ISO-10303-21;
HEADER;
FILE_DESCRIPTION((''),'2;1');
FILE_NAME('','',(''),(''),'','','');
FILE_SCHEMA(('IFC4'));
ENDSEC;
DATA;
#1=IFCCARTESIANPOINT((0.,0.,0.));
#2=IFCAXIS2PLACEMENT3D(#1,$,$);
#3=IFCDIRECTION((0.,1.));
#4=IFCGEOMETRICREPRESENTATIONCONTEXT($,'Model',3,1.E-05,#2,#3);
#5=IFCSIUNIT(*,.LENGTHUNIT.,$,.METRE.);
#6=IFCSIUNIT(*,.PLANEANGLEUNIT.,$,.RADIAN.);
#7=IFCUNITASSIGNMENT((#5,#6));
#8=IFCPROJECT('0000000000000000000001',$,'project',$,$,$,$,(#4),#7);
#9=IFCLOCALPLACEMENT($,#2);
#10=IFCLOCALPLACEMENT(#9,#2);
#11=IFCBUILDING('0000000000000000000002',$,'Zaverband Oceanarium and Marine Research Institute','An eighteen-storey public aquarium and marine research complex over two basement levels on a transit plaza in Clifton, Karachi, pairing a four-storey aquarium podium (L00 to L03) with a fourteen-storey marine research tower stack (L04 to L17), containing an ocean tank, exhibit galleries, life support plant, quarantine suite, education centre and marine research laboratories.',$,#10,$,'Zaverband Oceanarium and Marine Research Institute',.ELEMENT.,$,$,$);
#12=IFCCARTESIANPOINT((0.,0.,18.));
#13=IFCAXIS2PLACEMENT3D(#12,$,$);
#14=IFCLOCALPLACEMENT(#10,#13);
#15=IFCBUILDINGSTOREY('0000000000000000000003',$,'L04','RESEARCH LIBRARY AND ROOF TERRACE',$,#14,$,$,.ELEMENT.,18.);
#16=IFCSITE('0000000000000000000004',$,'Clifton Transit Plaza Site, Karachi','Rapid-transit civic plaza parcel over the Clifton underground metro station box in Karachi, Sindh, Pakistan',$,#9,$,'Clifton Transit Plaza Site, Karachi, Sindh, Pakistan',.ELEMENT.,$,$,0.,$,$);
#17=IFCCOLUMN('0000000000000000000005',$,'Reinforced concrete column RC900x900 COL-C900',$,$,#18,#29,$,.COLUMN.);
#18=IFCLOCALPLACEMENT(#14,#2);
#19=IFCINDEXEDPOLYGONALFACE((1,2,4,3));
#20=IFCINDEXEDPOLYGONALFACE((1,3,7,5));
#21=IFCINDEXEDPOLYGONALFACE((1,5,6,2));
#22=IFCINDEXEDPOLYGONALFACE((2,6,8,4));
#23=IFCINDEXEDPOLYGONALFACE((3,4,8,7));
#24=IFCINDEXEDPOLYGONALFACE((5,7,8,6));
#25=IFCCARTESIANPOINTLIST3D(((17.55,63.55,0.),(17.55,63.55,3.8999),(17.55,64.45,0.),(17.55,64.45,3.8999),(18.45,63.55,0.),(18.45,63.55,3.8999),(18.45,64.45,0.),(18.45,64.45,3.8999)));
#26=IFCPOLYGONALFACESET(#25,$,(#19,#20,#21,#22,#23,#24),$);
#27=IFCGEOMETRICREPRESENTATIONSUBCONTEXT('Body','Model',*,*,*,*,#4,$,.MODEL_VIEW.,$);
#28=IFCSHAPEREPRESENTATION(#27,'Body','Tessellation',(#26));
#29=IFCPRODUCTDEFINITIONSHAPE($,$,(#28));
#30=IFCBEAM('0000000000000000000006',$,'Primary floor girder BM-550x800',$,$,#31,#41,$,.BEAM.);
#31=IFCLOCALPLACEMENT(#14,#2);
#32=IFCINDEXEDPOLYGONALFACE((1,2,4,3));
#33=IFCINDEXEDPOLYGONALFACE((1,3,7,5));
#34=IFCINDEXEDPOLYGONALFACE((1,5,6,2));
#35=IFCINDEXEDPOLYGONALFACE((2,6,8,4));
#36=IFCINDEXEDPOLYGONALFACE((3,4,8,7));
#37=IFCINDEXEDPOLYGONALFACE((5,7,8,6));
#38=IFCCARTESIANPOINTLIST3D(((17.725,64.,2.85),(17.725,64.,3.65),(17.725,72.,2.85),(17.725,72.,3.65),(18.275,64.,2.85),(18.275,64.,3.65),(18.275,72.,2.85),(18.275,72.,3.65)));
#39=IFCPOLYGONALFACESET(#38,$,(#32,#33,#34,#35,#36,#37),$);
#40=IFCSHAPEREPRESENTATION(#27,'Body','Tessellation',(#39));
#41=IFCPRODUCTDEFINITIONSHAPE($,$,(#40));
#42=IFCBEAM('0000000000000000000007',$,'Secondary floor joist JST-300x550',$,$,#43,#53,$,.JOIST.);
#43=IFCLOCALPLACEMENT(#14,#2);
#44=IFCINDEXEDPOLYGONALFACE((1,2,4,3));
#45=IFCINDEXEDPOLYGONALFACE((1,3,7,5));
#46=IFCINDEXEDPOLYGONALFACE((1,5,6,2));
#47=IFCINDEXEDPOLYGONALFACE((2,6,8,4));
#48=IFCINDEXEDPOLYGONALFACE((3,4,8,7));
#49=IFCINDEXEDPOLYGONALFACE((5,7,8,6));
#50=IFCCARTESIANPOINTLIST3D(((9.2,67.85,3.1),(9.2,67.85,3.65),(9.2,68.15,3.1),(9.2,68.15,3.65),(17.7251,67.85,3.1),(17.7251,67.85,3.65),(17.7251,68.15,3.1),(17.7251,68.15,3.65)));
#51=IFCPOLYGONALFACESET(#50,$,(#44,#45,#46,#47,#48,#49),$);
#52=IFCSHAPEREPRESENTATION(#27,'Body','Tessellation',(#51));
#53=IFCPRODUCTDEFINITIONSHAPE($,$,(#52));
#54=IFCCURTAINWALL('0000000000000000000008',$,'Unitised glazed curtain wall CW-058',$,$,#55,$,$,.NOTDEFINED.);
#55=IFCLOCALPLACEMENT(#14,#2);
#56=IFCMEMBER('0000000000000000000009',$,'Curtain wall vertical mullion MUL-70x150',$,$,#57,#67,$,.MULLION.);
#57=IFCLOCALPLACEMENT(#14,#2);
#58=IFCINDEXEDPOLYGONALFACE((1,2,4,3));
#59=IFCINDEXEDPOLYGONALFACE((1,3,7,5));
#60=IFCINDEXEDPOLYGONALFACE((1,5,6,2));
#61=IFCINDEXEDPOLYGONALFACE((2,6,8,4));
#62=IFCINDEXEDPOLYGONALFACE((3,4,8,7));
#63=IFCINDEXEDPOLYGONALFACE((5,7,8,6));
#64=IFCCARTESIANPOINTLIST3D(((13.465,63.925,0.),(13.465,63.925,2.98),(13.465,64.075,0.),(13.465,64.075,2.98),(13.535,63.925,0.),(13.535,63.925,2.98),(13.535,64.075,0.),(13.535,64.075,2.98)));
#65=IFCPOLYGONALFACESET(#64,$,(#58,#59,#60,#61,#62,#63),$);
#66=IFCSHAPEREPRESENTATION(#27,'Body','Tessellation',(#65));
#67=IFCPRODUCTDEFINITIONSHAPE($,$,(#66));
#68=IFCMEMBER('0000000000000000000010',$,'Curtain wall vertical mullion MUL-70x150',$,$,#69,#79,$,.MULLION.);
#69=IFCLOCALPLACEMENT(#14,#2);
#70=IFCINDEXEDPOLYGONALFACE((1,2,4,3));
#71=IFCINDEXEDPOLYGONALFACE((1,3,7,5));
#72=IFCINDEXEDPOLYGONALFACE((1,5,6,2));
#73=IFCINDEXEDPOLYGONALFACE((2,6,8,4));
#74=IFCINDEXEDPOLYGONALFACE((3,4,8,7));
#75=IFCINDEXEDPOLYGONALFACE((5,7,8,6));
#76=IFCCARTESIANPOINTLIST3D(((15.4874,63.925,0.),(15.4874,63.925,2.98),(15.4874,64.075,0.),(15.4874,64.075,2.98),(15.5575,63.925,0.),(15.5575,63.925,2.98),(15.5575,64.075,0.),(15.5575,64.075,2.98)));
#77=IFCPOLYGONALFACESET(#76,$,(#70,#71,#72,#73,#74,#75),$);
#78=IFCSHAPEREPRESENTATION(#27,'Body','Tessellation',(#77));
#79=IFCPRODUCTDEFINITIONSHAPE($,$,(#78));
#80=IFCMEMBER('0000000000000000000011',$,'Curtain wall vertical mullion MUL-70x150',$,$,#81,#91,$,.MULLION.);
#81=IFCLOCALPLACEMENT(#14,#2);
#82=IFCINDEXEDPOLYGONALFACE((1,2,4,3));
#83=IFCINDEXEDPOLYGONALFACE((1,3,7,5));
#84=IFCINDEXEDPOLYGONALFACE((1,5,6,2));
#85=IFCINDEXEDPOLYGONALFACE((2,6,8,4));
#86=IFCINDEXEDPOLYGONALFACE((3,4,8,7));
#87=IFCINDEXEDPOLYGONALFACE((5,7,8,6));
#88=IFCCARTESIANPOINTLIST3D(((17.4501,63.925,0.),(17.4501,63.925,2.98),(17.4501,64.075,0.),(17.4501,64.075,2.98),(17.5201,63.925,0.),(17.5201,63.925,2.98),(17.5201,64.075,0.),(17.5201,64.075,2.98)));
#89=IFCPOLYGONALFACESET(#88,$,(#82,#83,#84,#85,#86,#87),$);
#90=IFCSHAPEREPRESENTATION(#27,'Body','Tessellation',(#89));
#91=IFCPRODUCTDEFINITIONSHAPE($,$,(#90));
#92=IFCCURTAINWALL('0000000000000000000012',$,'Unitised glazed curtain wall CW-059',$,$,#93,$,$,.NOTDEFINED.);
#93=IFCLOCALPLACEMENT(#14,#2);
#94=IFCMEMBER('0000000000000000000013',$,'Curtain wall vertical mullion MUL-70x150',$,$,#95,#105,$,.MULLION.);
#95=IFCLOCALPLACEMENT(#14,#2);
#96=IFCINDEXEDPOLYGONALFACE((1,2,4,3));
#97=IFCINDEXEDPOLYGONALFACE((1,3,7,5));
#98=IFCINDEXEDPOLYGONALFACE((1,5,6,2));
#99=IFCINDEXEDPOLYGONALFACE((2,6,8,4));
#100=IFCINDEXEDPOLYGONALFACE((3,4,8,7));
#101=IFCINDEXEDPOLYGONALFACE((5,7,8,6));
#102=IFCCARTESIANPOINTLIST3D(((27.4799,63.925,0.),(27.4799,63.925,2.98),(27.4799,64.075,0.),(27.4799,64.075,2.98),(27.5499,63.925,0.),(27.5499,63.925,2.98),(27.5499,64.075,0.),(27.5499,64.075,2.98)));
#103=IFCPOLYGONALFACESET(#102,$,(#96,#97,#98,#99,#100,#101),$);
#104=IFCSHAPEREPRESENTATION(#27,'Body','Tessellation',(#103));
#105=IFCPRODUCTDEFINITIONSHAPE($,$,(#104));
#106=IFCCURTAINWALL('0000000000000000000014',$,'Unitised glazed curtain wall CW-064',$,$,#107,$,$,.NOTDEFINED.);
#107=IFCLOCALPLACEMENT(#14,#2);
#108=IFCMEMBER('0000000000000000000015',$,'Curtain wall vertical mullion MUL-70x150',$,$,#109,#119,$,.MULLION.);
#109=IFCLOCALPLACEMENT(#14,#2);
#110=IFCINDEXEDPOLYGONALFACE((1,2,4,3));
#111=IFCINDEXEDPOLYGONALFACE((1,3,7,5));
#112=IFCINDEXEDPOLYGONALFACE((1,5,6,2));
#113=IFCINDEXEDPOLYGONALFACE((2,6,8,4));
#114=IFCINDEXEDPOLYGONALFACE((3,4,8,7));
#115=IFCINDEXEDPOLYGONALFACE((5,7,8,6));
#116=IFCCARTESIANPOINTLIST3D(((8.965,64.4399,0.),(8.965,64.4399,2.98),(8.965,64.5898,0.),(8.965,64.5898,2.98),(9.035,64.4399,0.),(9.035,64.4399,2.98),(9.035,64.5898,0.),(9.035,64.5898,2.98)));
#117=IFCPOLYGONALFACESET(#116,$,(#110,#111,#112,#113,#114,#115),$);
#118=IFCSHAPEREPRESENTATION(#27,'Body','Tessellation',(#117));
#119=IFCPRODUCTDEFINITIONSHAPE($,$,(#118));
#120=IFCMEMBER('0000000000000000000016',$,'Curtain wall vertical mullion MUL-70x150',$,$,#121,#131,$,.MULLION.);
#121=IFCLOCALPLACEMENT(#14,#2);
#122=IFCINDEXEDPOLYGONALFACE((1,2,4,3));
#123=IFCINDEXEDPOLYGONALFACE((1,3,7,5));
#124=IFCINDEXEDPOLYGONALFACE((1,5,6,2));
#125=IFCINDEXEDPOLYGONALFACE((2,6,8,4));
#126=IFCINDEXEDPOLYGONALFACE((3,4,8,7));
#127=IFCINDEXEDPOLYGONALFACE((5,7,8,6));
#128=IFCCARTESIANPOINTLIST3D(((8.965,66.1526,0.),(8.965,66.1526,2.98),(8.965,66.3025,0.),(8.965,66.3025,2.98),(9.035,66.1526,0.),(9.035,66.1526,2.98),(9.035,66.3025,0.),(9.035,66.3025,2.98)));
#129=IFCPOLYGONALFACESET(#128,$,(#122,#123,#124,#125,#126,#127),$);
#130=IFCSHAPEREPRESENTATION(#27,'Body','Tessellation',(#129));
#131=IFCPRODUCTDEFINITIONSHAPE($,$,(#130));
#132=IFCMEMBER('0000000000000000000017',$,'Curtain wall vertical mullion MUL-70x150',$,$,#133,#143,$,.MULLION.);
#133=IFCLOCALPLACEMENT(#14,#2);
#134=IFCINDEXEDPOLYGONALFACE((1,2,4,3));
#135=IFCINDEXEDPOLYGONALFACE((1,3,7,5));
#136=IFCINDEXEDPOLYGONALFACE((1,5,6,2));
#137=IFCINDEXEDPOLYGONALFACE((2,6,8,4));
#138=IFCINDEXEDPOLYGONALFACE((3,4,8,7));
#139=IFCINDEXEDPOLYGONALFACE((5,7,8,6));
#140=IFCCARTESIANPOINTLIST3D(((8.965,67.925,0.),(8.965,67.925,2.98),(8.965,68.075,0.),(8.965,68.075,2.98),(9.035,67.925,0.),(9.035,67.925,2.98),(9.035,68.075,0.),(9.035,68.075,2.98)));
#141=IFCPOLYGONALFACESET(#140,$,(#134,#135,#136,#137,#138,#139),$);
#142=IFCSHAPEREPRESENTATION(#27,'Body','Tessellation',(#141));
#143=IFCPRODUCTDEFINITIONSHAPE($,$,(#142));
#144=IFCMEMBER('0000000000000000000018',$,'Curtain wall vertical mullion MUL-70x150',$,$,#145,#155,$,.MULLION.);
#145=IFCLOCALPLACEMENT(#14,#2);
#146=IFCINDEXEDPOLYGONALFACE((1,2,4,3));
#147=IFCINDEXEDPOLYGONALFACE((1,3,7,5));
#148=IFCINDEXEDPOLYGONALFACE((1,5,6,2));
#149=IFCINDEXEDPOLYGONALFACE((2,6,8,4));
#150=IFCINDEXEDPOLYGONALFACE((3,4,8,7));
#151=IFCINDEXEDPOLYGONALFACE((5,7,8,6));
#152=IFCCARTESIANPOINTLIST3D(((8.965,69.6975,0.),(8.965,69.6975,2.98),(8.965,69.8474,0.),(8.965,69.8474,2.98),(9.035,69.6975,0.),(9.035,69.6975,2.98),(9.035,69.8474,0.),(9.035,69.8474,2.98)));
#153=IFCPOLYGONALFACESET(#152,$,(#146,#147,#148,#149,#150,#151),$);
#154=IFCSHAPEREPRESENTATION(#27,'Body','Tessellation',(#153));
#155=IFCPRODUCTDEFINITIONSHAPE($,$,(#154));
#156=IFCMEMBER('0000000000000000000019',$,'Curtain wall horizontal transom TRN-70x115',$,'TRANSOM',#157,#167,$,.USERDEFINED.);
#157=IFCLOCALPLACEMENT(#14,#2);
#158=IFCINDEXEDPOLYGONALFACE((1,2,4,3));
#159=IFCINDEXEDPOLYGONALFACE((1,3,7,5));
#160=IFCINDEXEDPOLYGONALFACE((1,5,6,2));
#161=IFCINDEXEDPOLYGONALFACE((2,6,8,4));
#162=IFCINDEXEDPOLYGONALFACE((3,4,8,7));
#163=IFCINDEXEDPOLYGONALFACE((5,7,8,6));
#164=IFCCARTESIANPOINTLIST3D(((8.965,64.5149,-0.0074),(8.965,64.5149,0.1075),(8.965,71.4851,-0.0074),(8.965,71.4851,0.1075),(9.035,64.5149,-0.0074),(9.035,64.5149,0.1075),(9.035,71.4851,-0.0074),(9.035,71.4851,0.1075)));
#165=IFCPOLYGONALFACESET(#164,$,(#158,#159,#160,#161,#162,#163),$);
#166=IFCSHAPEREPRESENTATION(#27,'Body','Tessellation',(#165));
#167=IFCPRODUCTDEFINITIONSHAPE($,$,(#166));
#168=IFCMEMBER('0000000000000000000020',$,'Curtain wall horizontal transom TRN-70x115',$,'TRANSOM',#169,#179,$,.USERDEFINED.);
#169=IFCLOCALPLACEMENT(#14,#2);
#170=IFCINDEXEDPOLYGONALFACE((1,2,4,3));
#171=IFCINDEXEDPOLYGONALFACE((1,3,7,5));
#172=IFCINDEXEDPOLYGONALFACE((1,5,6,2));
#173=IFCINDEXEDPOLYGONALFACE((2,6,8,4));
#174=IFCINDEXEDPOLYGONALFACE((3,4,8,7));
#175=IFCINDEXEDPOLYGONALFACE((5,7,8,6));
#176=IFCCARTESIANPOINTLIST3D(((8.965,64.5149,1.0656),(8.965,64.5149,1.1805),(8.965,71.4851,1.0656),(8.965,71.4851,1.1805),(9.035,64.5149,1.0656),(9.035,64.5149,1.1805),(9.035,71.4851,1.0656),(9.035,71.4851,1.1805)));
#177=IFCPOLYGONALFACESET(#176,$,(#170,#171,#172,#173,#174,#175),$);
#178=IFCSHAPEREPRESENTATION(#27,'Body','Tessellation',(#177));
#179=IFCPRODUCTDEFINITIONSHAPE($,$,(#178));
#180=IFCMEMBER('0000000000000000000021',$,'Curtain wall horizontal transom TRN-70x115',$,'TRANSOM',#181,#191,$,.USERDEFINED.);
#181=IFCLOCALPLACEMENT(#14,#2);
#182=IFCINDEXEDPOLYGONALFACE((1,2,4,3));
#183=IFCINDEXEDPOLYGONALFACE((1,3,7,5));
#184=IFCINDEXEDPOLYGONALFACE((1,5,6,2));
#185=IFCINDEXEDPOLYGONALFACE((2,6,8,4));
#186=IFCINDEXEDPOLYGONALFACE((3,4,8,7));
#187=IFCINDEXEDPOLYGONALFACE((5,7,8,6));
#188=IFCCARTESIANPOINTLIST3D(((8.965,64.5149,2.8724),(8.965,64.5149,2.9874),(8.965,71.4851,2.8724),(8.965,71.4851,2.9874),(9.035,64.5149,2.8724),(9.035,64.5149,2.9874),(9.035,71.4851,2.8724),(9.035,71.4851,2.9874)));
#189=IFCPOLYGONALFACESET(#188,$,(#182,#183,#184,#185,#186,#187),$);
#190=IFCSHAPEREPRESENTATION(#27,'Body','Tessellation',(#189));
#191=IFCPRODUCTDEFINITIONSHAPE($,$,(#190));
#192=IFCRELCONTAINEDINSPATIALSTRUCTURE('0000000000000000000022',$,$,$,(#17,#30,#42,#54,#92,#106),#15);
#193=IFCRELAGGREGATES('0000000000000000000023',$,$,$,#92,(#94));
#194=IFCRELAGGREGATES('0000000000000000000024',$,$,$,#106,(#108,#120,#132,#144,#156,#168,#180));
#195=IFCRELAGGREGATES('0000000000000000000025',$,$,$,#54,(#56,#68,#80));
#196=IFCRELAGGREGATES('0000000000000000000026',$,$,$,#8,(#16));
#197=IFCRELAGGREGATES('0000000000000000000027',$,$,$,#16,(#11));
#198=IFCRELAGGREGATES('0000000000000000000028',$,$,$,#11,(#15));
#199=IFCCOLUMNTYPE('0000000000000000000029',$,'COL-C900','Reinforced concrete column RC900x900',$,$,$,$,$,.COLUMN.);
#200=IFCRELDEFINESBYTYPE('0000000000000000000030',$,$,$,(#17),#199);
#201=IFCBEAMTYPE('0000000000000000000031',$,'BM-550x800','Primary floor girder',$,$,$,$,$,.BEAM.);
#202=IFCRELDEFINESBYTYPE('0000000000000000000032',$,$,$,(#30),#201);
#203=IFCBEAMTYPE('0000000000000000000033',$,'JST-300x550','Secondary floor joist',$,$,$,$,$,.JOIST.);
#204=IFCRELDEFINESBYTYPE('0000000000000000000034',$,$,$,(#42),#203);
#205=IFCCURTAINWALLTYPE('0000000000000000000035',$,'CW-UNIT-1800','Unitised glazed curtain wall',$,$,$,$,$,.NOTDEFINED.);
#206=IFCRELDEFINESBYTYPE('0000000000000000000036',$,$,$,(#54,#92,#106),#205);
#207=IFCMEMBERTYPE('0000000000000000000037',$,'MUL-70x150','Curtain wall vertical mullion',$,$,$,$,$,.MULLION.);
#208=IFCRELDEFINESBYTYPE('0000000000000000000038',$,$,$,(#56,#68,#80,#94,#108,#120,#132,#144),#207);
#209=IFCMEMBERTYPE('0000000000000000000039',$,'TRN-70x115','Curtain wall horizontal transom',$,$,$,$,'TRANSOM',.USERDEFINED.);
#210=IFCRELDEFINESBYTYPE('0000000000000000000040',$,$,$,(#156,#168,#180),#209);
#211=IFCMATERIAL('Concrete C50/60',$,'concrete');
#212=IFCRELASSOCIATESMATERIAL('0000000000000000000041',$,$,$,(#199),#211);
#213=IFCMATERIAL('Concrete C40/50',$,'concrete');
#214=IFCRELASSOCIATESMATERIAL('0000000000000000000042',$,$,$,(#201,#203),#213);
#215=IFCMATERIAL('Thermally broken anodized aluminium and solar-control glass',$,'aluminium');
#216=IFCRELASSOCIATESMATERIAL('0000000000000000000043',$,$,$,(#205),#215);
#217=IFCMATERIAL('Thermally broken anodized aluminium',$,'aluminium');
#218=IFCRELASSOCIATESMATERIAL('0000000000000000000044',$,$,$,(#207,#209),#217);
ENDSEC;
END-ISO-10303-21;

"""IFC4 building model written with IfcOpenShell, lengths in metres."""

from ifc_helpers import new_model, si_unit, direction, frame, origin, origin_2d, place, context, subcontext, project, spatial, rectangle, extrude, material, material_profile, profile_set, type_object, element, aggregate, save


model = new_model("IFC4")

# Units and contexts
model_context = context("Model", 3, precision=1e-05, world=origin(), true_north=direction((0.0, 1.0)))
body_context = subcontext(model_context, "Body", "Model", "MODEL_VIEW")
ifc_project = project(units=[si_unit("LENGTHUNIT", "METRE"), si_unit("PLANEANGLEUNIT", "RADIAN")], contexts=[model_context])

# Site, building, storey
site_placement = place(None, origin())
site = spatial("IfcSite", under=ifc_project, at=site_placement, Name="Clifton Transit Plaza Site, Karachi", Description="Rapid-transit civic plaza parcel over the Clifton underground metro station box in Karachi, Sindh, Pakistan", LongName="Clifton Transit Plaza Site, Karachi, Sindh, Pakistan", CompositionType="ELEMENT", RefElevation=0.0)
building_placement = place(site_placement, origin())
building = spatial("IfcBuilding", under=site, at=building_placement, Name="Zaverband Oceanarium and Marine Research Institute", Description="An eighteen-storey public aquarium and marine research complex over two basement levels on a transit plaza in Clifton, Karachi, pairing a four-storey aquarium podium (L00 to L03) with a fourteen-storey marine research tower stack (L04 to L17), containing an ocean tank, exhibit galleries, life support plant, quarantine suite, education centre and marine research laboratories.", LongName="Zaverband Oceanarium and Marine Research Institute", CompositionType="ELEMENT")
storey_placement = place(building_placement, frame((0.0, 0.0, 18.0)))
storey = spatial("IfcBuildingStorey", under=building, at=storey_placement, Name="L04", Description="RESEARCH LIBRARY AND ROOF TERRACE", CompositionType="ELEMENT", Elevation=18.0)

# Column
ifc_material_1 = material(Name="Concrete C50/60", Category="concrete")
ifc_material_profile_1 = material_profile(ifc_material_1, rectangle(XDim=0.8999, YDim=0.8999, at=origin_2d()), Name="RC900x900")
ifc_profile_set_1 = profile_set([ifc_material_profile_1], Name="Concrete C50/60")
column_type = type_object("IfcColumnType", Name="COL-C900", Description="Reinforced concrete column RC900x900", PredefinedType="COLUMN", material=ifc_profile_set_1)
column_placement = place(storey_placement, frame((18.0, 64.0, 0.0), z_axis=(0.0, 0.0, 1.0), x_axis=(1.0, 0.0, 0.0)))
element("IfcColumn", 1, at=column_placement, inside=storey, type_object=column_type, Name="Reinforced concrete column RC900x900 COL-C900", PredefinedType="COLUMN", context=body_context, shape_type="SweptSolid", body=[
    extrude(rectangle(XDim=0.8999, YDim=0.8999, at=origin_2d()), origin(), (0.0, 0.0, 1.0), 3.8999),
])

# Beams
ifc_material_2 = material(Name="Concrete C40/50", Category="concrete")
ifc_material_profile_2 = material_profile(ifc_material_2, rectangle(XDim=0.55, YDim=0.8, at=origin_2d()), Name="RC550x800")
ifc_profile_set_2 = profile_set([ifc_material_profile_2], Name="Concrete C40/50")
beam_type_1 = type_object("IfcBeamType", Name="BM-550x800", Description="Primary floor girder", PredefinedType="BEAM", material=ifc_profile_set_2)
beam_1_placement = place(storey_placement, frame((18.0, 64.0, 3.25), z_axis=(0.0, 1.0, 0.0), x_axis=(-1.0, 0.0, 0.0)))
element("IfcBeam", 2, at=beam_1_placement, inside=storey, type_object=beam_type_1, Name="Primary floor girder BM-550x800", PredefinedType="BEAM", context=body_context, shape_type="SweptSolid", body=[
    extrude(rectangle(XDim=0.55, YDim=0.8, at=origin_2d()), origin(), (0.0, 0.0, 1.0), 8.0),
])
ifc_material_profile_3 = material_profile(ifc_material_2, rectangle(XDim=0.3, YDim=0.55, at=origin_2d()), Name="RC300x550")
ifc_profile_set_3 = profile_set([ifc_material_profile_3], Name="Concrete C40/50")
beam_type_2 = type_object("IfcBeamType", Name="JST-300x550", Description="Secondary floor joist", PredefinedType="JOIST", material=ifc_profile_set_3)
beam_2_placement = place(storey_placement, frame((9.2, 68.0, 3.375), z_axis=(1.0, 0.0, 0.0), x_axis=(0.0, 1.0, 0.0)))
element("IfcBeam", 3, at=beam_2_placement, inside=storey, type_object=beam_type_2, Name="Secondary floor joist JST-300x550", PredefinedType="JOIST", context=body_context, shape_type="SweptSolid", body=[
    extrude(rectangle(XDim=0.3, YDim=0.55, at=origin_2d()), origin(), (0.0, 0.0, 1.0), 8.5251),
])

# Curtain wall, members
ifc_material_3 = material(Name="Thermally broken anodized aluminium and solar-control glass", Category="aluminium")
curtain_wall_type = type_object("IfcCurtainWallType", Name="CW-UNIT-1800", Description="Unitised glazed curtain wall", PredefinedType="NOTDEFINED", material=ifc_material_3)
curtain_wall_1_placement = place(storey_placement, origin())
curtain_wall_1 = element("IfcCurtainWall", 4, at=curtain_wall_1_placement, inside=storey, type_object=curtain_wall_type, Name="Unitised glazed curtain wall CW-058", PredefinedType="NOTDEFINED")
ifc_material_4 = material(Name="Thermally broken anodized aluminium", Category="aluminium")
ifc_material_profile_4 = material_profile(ifc_material_4, rectangle(XDim=0.0701, YDim=0.1499, at=origin_2d()), Name="AL-MUL-70x150")
ifc_profile_set_4 = profile_set([ifc_material_profile_4], Name="Thermally broken anodized aluminium")
member_type_1 = type_object("IfcMemberType", Name="MUL-70x150", Description="Curtain wall vertical mullion", PredefinedType="MULLION", material=ifc_profile_set_4)
member_1_placement = place(storey_placement, frame((13.5, 64.0, 0.0), z_axis=(0.0, 0.0, 1.0), x_axis=(1.0, 0.0, 0.0)))
member_1 = element("IfcMember", 5, at=member_1_placement, type_object=member_type_1, Name="Curtain wall vertical mullion MUL-70x150", PredefinedType="MULLION", context=body_context, shape_type="SweptSolid", body=[
    extrude(rectangle(XDim=0.0701, YDim=0.1499, at=origin_2d()), origin(), (0.0, 0.0, 1.0), 2.98),
])
member_2_placement = place(storey_placement, frame((15.5225, 64.0, 0.0), z_axis=(0.0, 0.0, 1.0), x_axis=(1.0, 0.0, 0.0)))
member_2 = element("IfcMember", 6, at=member_2_placement, type_object=member_type_1, Name="Curtain wall vertical mullion MUL-70x150", PredefinedType="MULLION", context=body_context, shape_type="SweptSolid", body=[
    extrude(rectangle(XDim=0.0701, YDim=0.1499, at=origin_2d()), origin(), (0.0, 0.0, 1.0), 2.98),
])
member_3_placement = place(storey_placement, frame((17.4851, 64.0, 0.0), z_axis=(0.0, 0.0, 1.0), x_axis=(1.0, 0.0, 0.0)))
member_3 = element("IfcMember", 7, at=member_3_placement, type_object=member_type_1, Name="Curtain wall vertical mullion MUL-70x150", PredefinedType="MULLION", context=body_context, shape_type="SweptSolid", body=[
    extrude(rectangle(XDim=0.0701, YDim=0.1499, at=origin_2d()), origin(), (0.0, 0.0, 1.0), 2.98),
])

# Curtain wall, member
curtain_wall_2_placement = place(storey_placement, origin())
curtain_wall_2 = element("IfcCurtainWall", 8, at=curtain_wall_2_placement, inside=storey, type_object=curtain_wall_type, Name="Unitised glazed curtain wall CW-059", PredefinedType="NOTDEFINED")
member_4_placement = place(storey_placement, frame((27.5149, 64.0, 0.0), z_axis=(0.0, 0.0, 1.0), x_axis=(1.0, 0.0, 0.0)))
member_4 = element("IfcMember", 9, at=member_4_placement, type_object=member_type_1, Name="Curtain wall vertical mullion MUL-70x150", PredefinedType="MULLION", context=body_context, shape_type="SweptSolid", body=[
    extrude(rectangle(XDim=0.0701, YDim=0.1499, at=origin_2d()), origin(), (0.0, 0.0, 1.0), 2.98),
])
aggregate(curtain_wall_2, [member_4])

# Curtain wall, members
curtain_wall_3_placement = place(storey_placement, origin())
curtain_wall_3 = element("IfcCurtainWall", 10, at=curtain_wall_3_placement, inside=storey, type_object=curtain_wall_type, Name="Unitised glazed curtain wall CW-064", PredefinedType="NOTDEFINED")
member_5_placement = place(storey_placement, frame((9.0, 64.5149, 0.0), z_axis=(0.0, 0.0, 1.0), x_axis=(1.0, 0.0, 0.0)))
member_5 = element("IfcMember", 11, at=member_5_placement, type_object=member_type_1, Name="Curtain wall vertical mullion MUL-70x150", PredefinedType="MULLION", context=body_context, shape_type="SweptSolid", body=[
    extrude(rectangle(XDim=0.0701, YDim=0.1499, at=origin_2d()), origin(), (0.0, 0.0, 1.0), 2.98),
])
member_6_placement = place(storey_placement, frame((9.0, 66.2275, 0.0), z_axis=(0.0, 0.0, 1.0), x_axis=(1.0, 0.0, 0.0)))
member_6 = element("IfcMember", 12, at=member_6_placement, type_object=member_type_1, Name="Curtain wall vertical mullion MUL-70x150", PredefinedType="MULLION", context=body_context, shape_type="SweptSolid", body=[
    extrude(rectangle(XDim=0.0701, YDim=0.1499, at=origin_2d()), origin(), (0.0, 0.0, 1.0), 2.98),
])
member_7_placement = place(storey_placement, frame((9.0, 68.0, 0.0), z_axis=(0.0, 0.0, 1.0), x_axis=(1.0, 0.0, 0.0)))
member_7 = element("IfcMember", 13, at=member_7_placement, type_object=member_type_1, Name="Curtain wall vertical mullion MUL-70x150", PredefinedType="MULLION", context=body_context, shape_type="SweptSolid", body=[
    extrude(rectangle(XDim=0.0701, YDim=0.1499, at=origin_2d()), origin(), (0.0, 0.0, 1.0), 2.98),
])
member_8_placement = place(storey_placement, frame((9.0, 69.7725, 0.0), z_axis=(0.0, 0.0, 1.0), x_axis=(1.0, 0.0, 0.0)))
member_8 = element("IfcMember", 14, at=member_8_placement, type_object=member_type_1, Name="Curtain wall vertical mullion MUL-70x150", PredefinedType="MULLION", context=body_context, shape_type="SweptSolid", body=[
    extrude(rectangle(XDim=0.0701, YDim=0.1499, at=origin_2d()), origin(), (0.0, 0.0, 1.0), 2.98),
])
ifc_material_profile_5 = material_profile(ifc_material_4, rectangle(XDim=0.0701, YDim=0.115, at=origin_2d()), Name="AL-TRN-70x115")
ifc_profile_set_5 = profile_set([ifc_material_profile_5], Name="Thermally broken anodized aluminium")
member_type_2 = type_object("IfcMemberType", Name="TRN-70x115", Description="Curtain wall horizontal transom", ElementType="TRANSOM", PredefinedType="USERDEFINED", material=ifc_profile_set_5)
member_9_placement = place(storey_placement, frame((9.0, 64.5149, 0.05), z_axis=(0.0, 1.0, 0.0), x_axis=(-1.0, 0.0, 0.0)))
member_9 = element("IfcMember", 15, at=member_9_placement, type_object=member_type_2, Name="Curtain wall horizontal transom TRN-70x115", ObjectType="TRANSOM", PredefinedType="USERDEFINED", context=body_context, shape_type="SweptSolid", body=[
    extrude(rectangle(XDim=0.0701, YDim=0.115, at=origin_2d()), origin(), (0.0, 0.0, 1.0), 6.9702),
])
member_10_placement = place(storey_placement, frame((9.0, 64.5149, 1.123), z_axis=(0.0, 1.0, 0.0), x_axis=(-1.0, 0.0, 0.0)))
member_10 = element("IfcMember", 16, at=member_10_placement, type_object=member_type_2, Name="Curtain wall horizontal transom TRN-70x115", ObjectType="TRANSOM", PredefinedType="USERDEFINED", context=body_context, shape_type="SweptSolid", body=[
    extrude(rectangle(XDim=0.0701, YDim=0.115, at=origin_2d()), origin(), (0.0, 0.0, 1.0), 6.9702),
])
member_11_placement = place(storey_placement, frame((9.0, 64.5149, 2.9299), z_axis=(0.0, 1.0, 0.0), x_axis=(-1.0, 0.0, 0.0)))
member_11 = element("IfcMember", 17, at=member_11_placement, type_object=member_type_2, Name="Curtain wall horizontal transom TRN-70x115", ObjectType="TRANSOM", PredefinedType="USERDEFINED", context=body_context, shape_type="SweptSolid", body=[
    extrude(rectangle(XDim=0.0701, YDim=0.115, at=origin_2d()), origin(), (0.0, 0.0, 1.0), 6.9702),
])
aggregate(curtain_wall_3, [member_5, member_6, member_7, member_8, member_9, member_10, member_11])

aggregate(curtain_wall_1, [member_1, member_2, member_3])

save(model, "model.ifc")
